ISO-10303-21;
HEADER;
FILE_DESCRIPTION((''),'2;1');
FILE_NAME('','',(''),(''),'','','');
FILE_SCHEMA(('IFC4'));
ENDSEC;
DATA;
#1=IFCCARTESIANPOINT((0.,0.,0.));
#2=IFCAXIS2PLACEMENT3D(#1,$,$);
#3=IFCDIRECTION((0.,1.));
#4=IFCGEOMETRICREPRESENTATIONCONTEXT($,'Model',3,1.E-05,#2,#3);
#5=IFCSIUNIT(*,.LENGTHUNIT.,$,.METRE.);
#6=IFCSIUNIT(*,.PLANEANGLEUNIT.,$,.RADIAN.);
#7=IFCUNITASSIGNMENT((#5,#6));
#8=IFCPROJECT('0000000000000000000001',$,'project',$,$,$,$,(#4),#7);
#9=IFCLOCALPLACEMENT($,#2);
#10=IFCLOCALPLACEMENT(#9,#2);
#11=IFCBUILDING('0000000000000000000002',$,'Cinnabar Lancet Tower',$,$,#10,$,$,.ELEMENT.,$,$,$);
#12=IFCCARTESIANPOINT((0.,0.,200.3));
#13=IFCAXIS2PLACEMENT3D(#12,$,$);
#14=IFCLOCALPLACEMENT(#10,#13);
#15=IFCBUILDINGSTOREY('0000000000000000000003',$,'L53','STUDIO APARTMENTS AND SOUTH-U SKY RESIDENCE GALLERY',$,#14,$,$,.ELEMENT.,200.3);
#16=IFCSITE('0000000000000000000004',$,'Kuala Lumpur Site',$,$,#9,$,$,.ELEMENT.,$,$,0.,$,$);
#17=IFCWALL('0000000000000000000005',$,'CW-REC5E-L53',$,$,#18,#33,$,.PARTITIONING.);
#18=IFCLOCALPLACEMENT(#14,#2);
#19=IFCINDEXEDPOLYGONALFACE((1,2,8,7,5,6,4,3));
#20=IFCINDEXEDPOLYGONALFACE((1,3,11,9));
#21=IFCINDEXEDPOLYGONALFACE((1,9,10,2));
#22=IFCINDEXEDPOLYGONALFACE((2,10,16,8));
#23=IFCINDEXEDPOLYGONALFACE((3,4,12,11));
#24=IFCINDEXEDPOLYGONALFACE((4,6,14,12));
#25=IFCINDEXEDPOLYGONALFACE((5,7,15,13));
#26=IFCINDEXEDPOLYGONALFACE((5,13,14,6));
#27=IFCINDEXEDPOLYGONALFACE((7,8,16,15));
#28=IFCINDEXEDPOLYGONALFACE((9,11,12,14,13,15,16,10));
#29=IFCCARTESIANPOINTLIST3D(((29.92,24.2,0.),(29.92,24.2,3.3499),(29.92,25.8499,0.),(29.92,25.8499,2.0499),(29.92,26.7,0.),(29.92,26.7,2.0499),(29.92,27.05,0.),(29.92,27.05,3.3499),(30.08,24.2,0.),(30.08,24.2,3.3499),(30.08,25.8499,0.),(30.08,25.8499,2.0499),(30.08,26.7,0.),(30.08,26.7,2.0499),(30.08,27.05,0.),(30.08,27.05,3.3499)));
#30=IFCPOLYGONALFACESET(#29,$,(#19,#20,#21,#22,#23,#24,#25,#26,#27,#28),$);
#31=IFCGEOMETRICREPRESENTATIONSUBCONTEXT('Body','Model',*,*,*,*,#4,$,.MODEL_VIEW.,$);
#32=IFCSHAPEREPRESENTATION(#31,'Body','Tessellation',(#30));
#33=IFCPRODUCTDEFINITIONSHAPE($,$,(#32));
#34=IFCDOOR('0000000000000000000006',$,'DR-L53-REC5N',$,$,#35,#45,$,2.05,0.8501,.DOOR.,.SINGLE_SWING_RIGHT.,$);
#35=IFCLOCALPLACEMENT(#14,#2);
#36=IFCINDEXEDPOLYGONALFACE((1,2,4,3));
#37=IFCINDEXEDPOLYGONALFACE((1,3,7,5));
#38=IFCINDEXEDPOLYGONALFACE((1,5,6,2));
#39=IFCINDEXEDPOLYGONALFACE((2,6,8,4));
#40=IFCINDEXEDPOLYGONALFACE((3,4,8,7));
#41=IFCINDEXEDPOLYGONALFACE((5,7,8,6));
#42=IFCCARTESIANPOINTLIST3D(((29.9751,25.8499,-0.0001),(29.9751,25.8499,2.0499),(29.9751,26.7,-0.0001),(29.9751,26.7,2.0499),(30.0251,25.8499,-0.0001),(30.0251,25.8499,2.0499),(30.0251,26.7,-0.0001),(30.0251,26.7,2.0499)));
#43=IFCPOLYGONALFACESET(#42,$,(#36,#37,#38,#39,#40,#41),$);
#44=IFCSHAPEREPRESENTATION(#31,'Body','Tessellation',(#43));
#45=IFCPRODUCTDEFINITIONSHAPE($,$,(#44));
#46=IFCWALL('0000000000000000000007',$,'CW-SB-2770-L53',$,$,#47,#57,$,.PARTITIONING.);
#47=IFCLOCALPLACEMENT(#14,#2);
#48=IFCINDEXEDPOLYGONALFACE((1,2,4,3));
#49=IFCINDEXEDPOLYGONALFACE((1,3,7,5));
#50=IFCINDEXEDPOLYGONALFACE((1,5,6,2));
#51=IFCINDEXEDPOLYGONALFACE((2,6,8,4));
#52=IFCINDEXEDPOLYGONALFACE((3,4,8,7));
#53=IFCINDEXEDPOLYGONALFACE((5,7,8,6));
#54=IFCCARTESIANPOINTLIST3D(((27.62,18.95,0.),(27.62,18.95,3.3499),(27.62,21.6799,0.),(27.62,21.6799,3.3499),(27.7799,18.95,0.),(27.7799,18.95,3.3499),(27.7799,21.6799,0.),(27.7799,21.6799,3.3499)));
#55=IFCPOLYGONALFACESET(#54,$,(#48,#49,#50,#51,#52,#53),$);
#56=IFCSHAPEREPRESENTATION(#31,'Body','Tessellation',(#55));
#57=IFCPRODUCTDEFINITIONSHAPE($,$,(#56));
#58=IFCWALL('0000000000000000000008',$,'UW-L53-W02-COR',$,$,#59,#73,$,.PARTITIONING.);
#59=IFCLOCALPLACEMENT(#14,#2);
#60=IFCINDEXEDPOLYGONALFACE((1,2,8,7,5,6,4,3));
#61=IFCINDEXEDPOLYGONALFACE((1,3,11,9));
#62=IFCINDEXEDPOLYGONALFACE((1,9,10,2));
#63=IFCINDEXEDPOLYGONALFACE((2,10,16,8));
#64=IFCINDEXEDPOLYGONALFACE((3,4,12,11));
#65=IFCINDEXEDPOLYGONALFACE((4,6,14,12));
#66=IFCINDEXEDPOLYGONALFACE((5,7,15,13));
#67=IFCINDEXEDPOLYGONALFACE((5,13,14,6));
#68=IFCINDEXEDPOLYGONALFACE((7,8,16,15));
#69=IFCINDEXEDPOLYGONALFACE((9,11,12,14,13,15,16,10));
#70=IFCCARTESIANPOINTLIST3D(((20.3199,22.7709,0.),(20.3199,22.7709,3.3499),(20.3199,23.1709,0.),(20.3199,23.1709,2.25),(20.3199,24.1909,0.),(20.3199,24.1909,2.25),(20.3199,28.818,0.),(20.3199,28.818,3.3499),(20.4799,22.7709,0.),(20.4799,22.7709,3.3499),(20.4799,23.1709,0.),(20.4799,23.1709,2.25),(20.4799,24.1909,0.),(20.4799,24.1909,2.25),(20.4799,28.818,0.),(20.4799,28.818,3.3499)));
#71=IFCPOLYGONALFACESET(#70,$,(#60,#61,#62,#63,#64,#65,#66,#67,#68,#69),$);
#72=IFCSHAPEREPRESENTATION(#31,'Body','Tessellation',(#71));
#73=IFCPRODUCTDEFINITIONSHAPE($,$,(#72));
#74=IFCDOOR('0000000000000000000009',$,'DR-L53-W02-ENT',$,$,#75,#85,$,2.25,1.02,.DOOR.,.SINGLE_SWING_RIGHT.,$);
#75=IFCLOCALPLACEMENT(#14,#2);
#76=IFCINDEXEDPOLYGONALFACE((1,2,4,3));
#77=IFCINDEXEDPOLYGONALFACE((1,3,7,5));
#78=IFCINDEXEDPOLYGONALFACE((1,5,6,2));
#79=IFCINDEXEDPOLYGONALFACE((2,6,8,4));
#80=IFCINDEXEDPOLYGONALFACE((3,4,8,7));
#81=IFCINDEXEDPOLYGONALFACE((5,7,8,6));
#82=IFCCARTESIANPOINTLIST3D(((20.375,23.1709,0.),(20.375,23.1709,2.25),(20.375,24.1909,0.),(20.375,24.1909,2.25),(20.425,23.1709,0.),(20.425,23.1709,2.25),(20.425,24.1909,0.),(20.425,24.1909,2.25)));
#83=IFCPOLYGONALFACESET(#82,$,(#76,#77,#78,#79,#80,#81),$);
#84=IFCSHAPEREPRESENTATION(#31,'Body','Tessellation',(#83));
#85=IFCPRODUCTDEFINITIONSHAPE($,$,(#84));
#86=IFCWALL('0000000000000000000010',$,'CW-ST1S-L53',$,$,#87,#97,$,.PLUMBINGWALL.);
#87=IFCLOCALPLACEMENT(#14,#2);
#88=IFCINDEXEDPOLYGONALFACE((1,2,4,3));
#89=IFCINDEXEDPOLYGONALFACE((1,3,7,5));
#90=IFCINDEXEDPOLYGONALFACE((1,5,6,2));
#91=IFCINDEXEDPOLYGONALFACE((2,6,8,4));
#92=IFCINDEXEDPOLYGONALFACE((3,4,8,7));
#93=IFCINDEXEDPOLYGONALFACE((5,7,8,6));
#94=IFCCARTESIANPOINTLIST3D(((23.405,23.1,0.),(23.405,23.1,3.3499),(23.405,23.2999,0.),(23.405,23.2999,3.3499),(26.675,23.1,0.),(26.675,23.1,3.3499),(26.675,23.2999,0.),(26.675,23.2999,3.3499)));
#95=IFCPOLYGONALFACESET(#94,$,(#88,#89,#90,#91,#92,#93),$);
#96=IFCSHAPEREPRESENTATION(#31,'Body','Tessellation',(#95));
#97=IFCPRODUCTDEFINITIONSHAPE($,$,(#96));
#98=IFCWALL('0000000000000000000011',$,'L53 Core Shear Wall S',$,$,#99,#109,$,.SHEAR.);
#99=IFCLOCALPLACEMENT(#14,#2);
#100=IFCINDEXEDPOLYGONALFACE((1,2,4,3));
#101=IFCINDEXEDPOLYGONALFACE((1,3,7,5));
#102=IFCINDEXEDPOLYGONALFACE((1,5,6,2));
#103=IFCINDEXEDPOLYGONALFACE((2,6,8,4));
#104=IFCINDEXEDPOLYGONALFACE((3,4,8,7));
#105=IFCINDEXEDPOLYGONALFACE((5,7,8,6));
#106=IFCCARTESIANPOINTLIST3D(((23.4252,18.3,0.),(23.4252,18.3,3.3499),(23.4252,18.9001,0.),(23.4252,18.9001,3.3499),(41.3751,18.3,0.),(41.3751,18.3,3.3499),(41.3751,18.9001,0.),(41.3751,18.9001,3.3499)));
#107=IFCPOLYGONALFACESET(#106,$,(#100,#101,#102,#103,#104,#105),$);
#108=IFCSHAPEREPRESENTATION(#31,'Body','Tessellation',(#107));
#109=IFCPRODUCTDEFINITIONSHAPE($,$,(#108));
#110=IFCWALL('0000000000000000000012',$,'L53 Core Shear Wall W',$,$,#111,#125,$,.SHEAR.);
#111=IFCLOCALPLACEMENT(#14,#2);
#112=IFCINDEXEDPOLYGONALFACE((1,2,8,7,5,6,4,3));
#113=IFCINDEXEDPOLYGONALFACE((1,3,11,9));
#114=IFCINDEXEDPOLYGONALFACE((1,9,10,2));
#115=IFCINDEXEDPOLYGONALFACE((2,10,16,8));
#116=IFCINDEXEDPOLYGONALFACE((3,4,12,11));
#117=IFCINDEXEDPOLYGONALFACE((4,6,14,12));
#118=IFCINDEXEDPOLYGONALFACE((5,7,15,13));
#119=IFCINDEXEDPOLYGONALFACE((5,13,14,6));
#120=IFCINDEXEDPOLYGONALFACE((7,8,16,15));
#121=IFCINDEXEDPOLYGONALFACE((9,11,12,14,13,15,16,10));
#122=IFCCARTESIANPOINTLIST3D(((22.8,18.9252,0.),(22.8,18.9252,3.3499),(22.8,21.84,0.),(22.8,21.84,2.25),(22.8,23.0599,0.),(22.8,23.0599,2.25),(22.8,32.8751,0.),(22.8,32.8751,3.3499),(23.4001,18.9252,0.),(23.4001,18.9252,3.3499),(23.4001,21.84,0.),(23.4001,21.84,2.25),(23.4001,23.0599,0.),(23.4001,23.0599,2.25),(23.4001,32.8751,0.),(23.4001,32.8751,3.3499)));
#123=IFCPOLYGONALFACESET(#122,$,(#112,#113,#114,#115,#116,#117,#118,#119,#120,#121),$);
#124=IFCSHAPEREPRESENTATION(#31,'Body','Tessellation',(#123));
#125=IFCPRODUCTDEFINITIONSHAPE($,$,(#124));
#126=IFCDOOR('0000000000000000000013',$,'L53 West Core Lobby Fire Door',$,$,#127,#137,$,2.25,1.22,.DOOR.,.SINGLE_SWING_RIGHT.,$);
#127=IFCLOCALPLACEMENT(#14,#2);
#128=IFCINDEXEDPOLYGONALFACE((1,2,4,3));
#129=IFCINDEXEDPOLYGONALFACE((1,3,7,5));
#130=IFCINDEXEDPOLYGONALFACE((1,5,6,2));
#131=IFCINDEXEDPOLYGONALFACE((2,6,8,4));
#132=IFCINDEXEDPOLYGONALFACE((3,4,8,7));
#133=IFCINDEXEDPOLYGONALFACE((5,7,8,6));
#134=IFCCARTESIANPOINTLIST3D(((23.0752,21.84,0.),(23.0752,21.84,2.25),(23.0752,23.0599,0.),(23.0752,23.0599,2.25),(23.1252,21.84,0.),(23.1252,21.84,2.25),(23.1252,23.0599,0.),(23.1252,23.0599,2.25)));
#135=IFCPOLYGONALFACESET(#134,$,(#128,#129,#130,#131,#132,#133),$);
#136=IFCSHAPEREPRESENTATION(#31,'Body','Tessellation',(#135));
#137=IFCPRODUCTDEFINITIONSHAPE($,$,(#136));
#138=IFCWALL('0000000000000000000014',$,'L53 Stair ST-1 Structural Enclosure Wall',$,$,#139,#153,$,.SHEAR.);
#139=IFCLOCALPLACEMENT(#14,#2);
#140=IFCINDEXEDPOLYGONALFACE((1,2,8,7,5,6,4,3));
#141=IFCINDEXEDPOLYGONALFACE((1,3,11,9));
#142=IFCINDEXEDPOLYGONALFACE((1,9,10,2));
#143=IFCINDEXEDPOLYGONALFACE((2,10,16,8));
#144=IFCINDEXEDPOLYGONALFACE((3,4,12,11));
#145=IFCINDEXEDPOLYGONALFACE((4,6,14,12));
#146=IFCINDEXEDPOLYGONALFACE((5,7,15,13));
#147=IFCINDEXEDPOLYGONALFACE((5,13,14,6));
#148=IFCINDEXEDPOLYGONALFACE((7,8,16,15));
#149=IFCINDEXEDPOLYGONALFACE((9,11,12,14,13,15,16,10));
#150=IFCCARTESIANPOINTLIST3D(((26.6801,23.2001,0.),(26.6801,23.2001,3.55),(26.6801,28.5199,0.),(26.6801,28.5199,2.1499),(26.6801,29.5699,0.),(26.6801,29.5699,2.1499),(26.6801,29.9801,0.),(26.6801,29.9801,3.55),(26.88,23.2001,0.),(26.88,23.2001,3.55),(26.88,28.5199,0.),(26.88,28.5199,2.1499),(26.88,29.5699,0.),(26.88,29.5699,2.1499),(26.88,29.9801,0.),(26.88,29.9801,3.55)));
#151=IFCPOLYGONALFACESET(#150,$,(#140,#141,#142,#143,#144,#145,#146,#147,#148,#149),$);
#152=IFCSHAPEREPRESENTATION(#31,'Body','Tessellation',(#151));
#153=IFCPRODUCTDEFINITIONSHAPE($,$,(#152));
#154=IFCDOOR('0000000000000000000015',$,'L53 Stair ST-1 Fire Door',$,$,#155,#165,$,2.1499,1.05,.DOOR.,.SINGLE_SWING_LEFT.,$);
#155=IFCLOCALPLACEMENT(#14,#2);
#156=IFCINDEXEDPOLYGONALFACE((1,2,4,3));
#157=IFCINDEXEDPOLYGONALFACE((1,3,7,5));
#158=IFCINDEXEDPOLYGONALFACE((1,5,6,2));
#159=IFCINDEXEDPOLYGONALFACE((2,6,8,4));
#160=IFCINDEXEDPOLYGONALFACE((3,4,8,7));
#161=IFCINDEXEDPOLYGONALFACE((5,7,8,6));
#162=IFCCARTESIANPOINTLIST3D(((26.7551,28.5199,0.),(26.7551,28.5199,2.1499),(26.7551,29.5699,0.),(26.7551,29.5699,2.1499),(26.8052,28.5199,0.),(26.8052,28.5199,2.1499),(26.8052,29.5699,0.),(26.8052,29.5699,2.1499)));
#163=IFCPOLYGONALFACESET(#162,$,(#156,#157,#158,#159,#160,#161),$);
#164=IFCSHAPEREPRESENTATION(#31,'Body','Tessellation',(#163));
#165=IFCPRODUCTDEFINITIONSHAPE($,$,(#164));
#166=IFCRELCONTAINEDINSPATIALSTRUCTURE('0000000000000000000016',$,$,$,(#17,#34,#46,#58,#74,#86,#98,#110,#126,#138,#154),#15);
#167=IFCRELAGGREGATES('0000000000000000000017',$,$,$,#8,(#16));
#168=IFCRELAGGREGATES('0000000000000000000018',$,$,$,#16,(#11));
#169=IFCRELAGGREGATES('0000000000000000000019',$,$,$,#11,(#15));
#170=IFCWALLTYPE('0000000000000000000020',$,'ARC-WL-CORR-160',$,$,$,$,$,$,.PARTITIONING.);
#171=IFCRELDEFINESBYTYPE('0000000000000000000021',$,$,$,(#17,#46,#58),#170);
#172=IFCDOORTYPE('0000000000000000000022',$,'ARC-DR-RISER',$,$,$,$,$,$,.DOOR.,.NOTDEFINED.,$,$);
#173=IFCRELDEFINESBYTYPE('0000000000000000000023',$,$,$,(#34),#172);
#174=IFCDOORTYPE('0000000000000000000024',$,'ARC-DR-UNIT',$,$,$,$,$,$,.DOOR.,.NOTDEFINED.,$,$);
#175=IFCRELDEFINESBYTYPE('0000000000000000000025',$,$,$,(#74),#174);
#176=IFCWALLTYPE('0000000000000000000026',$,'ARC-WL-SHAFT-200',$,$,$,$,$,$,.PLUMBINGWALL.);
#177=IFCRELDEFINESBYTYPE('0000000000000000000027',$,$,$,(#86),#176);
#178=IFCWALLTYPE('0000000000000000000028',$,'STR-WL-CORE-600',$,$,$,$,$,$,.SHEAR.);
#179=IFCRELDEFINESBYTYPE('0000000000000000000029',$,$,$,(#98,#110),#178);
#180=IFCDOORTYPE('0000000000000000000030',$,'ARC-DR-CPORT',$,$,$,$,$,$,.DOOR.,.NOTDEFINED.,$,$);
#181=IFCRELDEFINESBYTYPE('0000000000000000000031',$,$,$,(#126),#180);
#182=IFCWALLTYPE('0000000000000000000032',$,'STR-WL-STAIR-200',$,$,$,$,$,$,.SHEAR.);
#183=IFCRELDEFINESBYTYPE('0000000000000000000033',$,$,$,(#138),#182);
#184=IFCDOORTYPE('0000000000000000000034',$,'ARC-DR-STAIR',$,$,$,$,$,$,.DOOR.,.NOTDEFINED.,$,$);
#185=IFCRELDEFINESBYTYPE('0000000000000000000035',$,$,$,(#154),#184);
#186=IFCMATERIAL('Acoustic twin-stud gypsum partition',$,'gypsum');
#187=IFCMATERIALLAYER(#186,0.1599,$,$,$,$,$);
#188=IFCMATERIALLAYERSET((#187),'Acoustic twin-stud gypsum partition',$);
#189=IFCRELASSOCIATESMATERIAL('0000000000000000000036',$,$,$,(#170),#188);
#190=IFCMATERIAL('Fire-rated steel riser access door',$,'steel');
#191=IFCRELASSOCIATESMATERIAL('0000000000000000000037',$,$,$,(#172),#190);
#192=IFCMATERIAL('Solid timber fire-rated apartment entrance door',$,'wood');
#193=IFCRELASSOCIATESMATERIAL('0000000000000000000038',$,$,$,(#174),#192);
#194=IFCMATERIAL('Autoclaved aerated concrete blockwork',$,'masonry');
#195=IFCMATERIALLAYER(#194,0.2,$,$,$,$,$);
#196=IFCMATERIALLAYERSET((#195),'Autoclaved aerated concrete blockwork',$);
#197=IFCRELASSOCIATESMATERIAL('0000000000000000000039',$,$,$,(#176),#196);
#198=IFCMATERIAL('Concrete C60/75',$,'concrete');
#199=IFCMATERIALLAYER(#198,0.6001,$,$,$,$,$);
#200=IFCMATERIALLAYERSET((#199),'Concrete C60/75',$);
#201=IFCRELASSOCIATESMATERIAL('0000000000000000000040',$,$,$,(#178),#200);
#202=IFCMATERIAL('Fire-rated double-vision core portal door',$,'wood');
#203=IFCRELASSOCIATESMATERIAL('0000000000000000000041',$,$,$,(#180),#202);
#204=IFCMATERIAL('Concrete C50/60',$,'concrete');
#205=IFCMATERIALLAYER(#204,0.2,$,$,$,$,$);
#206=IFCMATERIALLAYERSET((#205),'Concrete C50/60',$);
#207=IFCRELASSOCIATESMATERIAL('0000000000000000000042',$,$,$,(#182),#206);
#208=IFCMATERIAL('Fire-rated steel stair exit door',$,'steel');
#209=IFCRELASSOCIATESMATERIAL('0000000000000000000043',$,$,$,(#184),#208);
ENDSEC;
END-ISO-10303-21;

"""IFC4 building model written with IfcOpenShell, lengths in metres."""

from ifc_helpers import new_model, si_unit, direction, frame, frame_2d, origin, place, context, subcontext, project, spatial, rectangle, extrude, material, layer, layer_set, type_object, element, fill, save


model = new_model("IFC4")

# Units and contexts
model_context = context("Model", 3, precision=1e-05, world=origin(), true_north=direction((0.0, 1.0)))
body_context = subcontext(model_context, "Body", "Model", "MODEL_VIEW")
ifc_project = project(units=[si_unit("LENGTHUNIT", "METRE"), si_unit("PLANEANGLEUNIT", "RADIAN")], contexts=[model_context])

# Site, building, storey
site_placement = place(None, origin())
site = spatial("IfcSite", under=ifc_project, at=site_placement, Name="Kuala Lumpur Site", CompositionType="ELEMENT", RefElevation=0.0)
building_placement = place(site_placement, origin())
building = spatial("IfcBuilding", under=site, at=building_placement, Name="Cinnabar Lancet Tower", CompositionType="ELEMENT")
storey_placement = place(building_placement, frame((0.0, 0.0, 200.3)))
storey = spatial("IfcBuildingStorey", under=building, at=storey_placement, Name="L53", Description="STUDIO APARTMENTS AND SOUTH-U SKY RESIDENCE GALLERY", CompositionType="ELEMENT", Elevation=200.3)

# Wall, opening, door
ifc_material_1 = material(Name="Acoustic twin-stud gypsum partition", Category="gypsum")
ifc_layer_1 = layer(ifc_material_1, 0.1599)
ifc_layer_set_1 = layer_set([ifc_layer_1], Name="Acoustic twin-stud gypsum partition")
wall_type_1 = type_object("IfcWallType", Name="ARC-WL-CORR-160", PredefinedType="PARTITIONING", material=ifc_layer_set_1)
ifc_material_2 = material(Name="Fire-rated steel riser access door", Category="steel")
door_type_1 = type_object("IfcDoorType", Name="ARC-DR-RISER", OperationType="NOTDEFINED", PredefinedType="DOOR", material=ifc_material_2)
wall_1_placement = place(storey_placement, frame((30.0, 24.2, 0.0), z_axis=(0.0, 0.0, 1.0), x_axis=(0.0, 1.0, 0.0)))
wall_1 = element("IfcWall", 1, at=wall_1_placement, inside=storey, type_object=wall_type_1, Name="CW-REC5E-L53", PredefinedType="PARTITIONING", context=body_context, shape_type="SweptSolid", body=[
    extrude(rectangle(XDim=2.8501, YDim=0.1599, at=frame_2d((1.425, 0.0))), origin(), (0.0, 0.0, 1.0), 3.3499),
])
opening_1_placement = place(wall_1_placement, frame((1.6499, 0.0, 0.0)))
opening_1 = element("IfcOpeningElement", 2, at=opening_1_placement, cuts=wall_1, PredefinedType="OPENING", context=body_context, shape_type="SweptSolid", body=[
    extrude(rectangle(XDim=0.8501, YDim=2.05, at=frame_2d((0.425, 1.0249))), frame((0.0, 0.0898, 0.0), z_axis=(0.0, -1.0, 0.0), x_axis=(1.0, 0.0, 0.0)), (0.0, 0.0, 1.0), 0.1799),
])
door_1_placement = place(opening_1_placement, origin())
door_1 = element("IfcDoor", 3, at=door_1_placement, inside=storey, type_object=door_type_1, Name="DR-L53-REC5N", OperationType="SINGLE_SWING_RIGHT", OverallHeight=2.05, OverallWidth=0.8501, PredefinedType="DOOR", context=body_context, shape_type="SweptSolid", body=[
    extrude(rectangle(XDim=0.8501, YDim=2.05, at=frame_2d((0.425, 1.0249))), frame((0.0, 0.0249, 0.0), z_axis=(0.0, -1.0, 0.0), x_axis=(1.0, 0.0, 0.0)), (0.0, 0.0, 1.0), 0.05),
])
fill(opening_1, door_1)

# Wall
wall_2_placement = place(storey_placement, frame((27.7, 18.95, 0.0), z_axis=(0.0, 0.0, 1.0), x_axis=(0.0, 1.0, 0.0)))
element("IfcWall", 4, at=wall_2_placement, inside=storey, type_object=wall_type_1, Name="CW-SB-2770-L53", PredefinedType="PARTITIONING", context=body_context, shape_type="SweptSolid", body=[
    extrude(rectangle(XDim=2.73, YDim=0.1599, at=frame_2d((1.365, 0.0))), origin(), (0.0, 0.0, 1.0), 3.3499),
])

# Wall, opening, door
wall_3_placement = place(storey_placement, frame((20.3999, 22.771, 0.0), z_axis=(0.0, 0.0, 1.0), x_axis=(0.0, 1.0, 0.0)))
wall_3 = element("IfcWall", 5, at=wall_3_placement, inside=storey, type_object=wall_type_1, Name="UW-L53-W02-COR", PredefinedType="PARTITIONING", context=body_context, shape_type="SweptSolid", body=[
    extrude(rectangle(XDim=6.0471, YDim=0.1599, at=frame_2d((3.0234, 0.0))), origin(), (0.0, 0.0, 1.0), 3.3499),
])
opening_2_placement = place(wall_3_placement, frame((0.3999, 0.0, 0.0)))
opening_2 = element("IfcOpeningElement", 6, at=opening_2_placement, cuts=wall_3, PredefinedType="OPENING", context=body_context, shape_type="SweptSolid", body=[
    extrude(rectangle(XDim=1.02, YDim=2.25, at=frame_2d((0.51, 1.125))), frame((0.0, 0.0898, 0.0), z_axis=(0.0, -1.0, 0.0), x_axis=(1.0, 0.0, 0.0)), (0.0, 0.0, 1.0), 0.1799),
])
ifc_material_3 = material(Name="Solid timber fire-rated apartment entrance door", Category="wood")
door_type_2 = type_object("IfcDoorType", Name="ARC-DR-UNIT", OperationType="NOTDEFINED", PredefinedType="DOOR", material=ifc_material_3)
door_2_placement = place(opening_2_placement, origin())
door_2 = element("IfcDoor", 7, at=door_2_placement, inside=storey, type_object=door_type_2, Name="DR-L53-W02-ENT", OperationType="SINGLE_SWING_RIGHT", OverallHeight=2.25, OverallWidth=1.02, PredefinedType="DOOR", context=body_context, shape_type="SweptSolid", body=[
    extrude(rectangle(XDim=1.02, YDim=2.25, at=frame_2d((0.51, 1.125))), frame((0.0, 0.0249, 0.0), z_axis=(0.0, -1.0, 0.0), x_axis=(1.0, 0.0, 0.0)), (0.0, 0.0, 1.0), 0.05),
])
fill(opening_2, door_2)

# Wall
ifc_material_4 = material(Name="Autoclaved aerated concrete blockwork", Category="masonry")
ifc_layer_2 = layer(ifc_material_4, 0.2)
ifc_layer_set_2 = layer_set([ifc_layer_2], Name="Autoclaved aerated concrete blockwork")
wall_type_2 = type_object("IfcWallType", Name="ARC-WL-SHAFT-200", PredefinedType="PLUMBINGWALL", material=ifc_layer_set_2)
wall_4_placement = place(storey_placement, frame((23.405, 23.2, 0.0), z_axis=(0.0, 0.0, 1.0), x_axis=(1.0, 0.0, 0.0)))
element("IfcWall", 8, at=wall_4_placement, inside=storey, type_object=wall_type_2, Name="CW-ST1S-L53", PredefinedType="PLUMBINGWALL", context=body_context, shape_type="SweptSolid", body=[
    extrude(rectangle(XDim=3.27, YDim=0.2, at=frame_2d((1.635, 0.0))), origin(), (0.0, 0.0, 1.0), 3.3499),
])

# Wall
ifc_material_5 = material(Name="Concrete C60/75", Category="concrete")
ifc_layer_3 = layer(ifc_material_5, 0.6001)
ifc_layer_set_3 = layer_set([ifc_layer_3], Name="Concrete C60/75")
wall_type_3 = type_object("IfcWallType", Name="STR-WL-CORE-600", PredefinedType="SHEAR", material=ifc_layer_set_3)
wall_5_placement = place(storey_placement, frame((23.425, 18.6001, 0.0), z_axis=(0.0, 0.0, 1.0), x_axis=(1.0, 0.0, 0.0)))
element("IfcWall", 9, at=wall_5_placement, inside=storey, type_object=wall_type_3, Name="L53 Core Shear Wall S", PredefinedType="SHEAR", context=body_context, shape_type="SweptSolid", body=[
    extrude(rectangle(XDim=17.95, YDim=0.6001, at=frame_2d((8.9751, 0.0))), origin(), (0.0, 0.0, 1.0), 3.3499),
])

# Walls, openings, doors
wall_6_placement = place(storey_placement, frame((23.1001, 18.925, 0.0), z_axis=(0.0, 0.0, 1.0), x_axis=(0.0, 1.0, 0.0)))
wall_6 = element("IfcWall", 10, at=wall_6_placement, inside=storey, type_object=wall_type_3, Name="L53 Core Shear Wall W", PredefinedType="SHEAR", context=body_context, shape_type="SweptSolid", body=[
    extrude(rectangle(XDim=13.95, YDim=0.6001, at=frame_2d((6.9751, 0.0))), origin(), (0.0, 0.0, 1.0), 3.3499),
])
opening_3_placement = place(wall_6_placement, frame((2.915, 0.0, 0.0)))
opening_3 = element("IfcOpeningElement", 11, at=opening_3_placement, cuts=wall_6, PredefinedType="OPENING", context=body_context, shape_type="SweptSolid", body=[
    extrude(rectangle(XDim=1.22, YDim=2.25, at=frame_2d((0.6099, 1.125))), frame((0.0, 0.3101, 0.0), z_axis=(0.0, -1.0, 0.0), x_axis=(1.0, 0.0, 0.0)), (0.0, 0.0, 1.0), 0.6201),
])
ifc_material_6 = material(Name="Fire-rated double-vision core portal door", Category="wood")
door_type_3 = type_object("IfcDoorType", Name="ARC-DR-CPORT", OperationType="NOTDEFINED", PredefinedType="DOOR", material=ifc_material_6)
door_3_placement = place(opening_3_placement, origin())
door_3 = element("IfcDoor", 12, at=door_3_placement, inside=storey, type_object=door_type_3, Name="L53 West Core Lobby Fire Door", OperationType="SINGLE_SWING_RIGHT", OverallHeight=2.25, OverallWidth=1.22, PredefinedType="DOOR", context=body_context, shape_type="SweptSolid", body=[
    extrude(rectangle(XDim=1.22, YDim=2.25, at=frame_2d((0.6099, 1.125))), frame((0.0, 0.0249, 0.0), z_axis=(0.0, -1.0, 0.0), x_axis=(1.0, 0.0, 0.0)), (0.0, 0.0, 1.0), 0.05),
])
fill(opening_3, door_3)
ifc_material_7 = material(Name="Concrete C50/60", Category="concrete")
ifc_layer_4 = layer(ifc_material_7, 0.2)
ifc_layer_set_4 = layer_set([ifc_layer_4], Name="Concrete C50/60")
wall_type_4 = type_object("IfcWallType", Name="STR-WL-STAIR-200", PredefinedType="SHEAR", material=ifc_layer_set_4)
wall_7_placement = place(storey_placement, frame((26.78, 23.2, 0.0), z_axis=(0.0, 0.0, 1.0), x_axis=(0.0, 1.0, 0.0)))
wall_7 = element("IfcWall", 13, at=wall_7_placement, inside=storey, type_object=wall_type_4, Name="L53 Stair ST-1 Structural Enclosure Wall", PredefinedType="SHEAR", context=body_context, shape_type="SweptSolid", body=[
    extrude(rectangle(XDim=6.78, YDim=0.2, at=frame_2d((3.3901, 0.0))), origin(), (0.0, 0.0, 1.0), 3.55),
])
opening_4_placement = place(wall_7_placement, frame((5.3201, 0.0, 0.0)))
opening_4 = element("IfcOpeningElement", 14, at=opening_4_placement, cuts=wall_7, PredefinedType="OPENING", context=body_context, shape_type="SweptSolid", body=[
    extrude(rectangle(XDim=1.05, YDim=2.1499, at=frame_2d((0.5249, 1.075))), frame((0.0, 0.1099, 0.0), z_axis=(0.0, -1.0, 0.0), x_axis=(1.0, 0.0, 0.0)), (0.0, 0.0, 1.0), 0.22),
])
ifc_material_8 = material(Name="Fire-rated steel stair exit door", Category="steel")
door_type_4 = type_object("IfcDoorType", Name="ARC-DR-STAIR", OperationType="NOTDEFINED", PredefinedType="DOOR", material=ifc_material_8)
door_4_placement = place(opening_4_placement, origin())
door_4 = element("IfcDoor", 15, at=door_4_placement, inside=storey, type_object=door_type_4, Name="L53 Stair ST-1 Fire Door", OperationType="SINGLE_SWING_LEFT", OverallHeight=2.1499, OverallWidth=1.05, PredefinedType="DOOR", context=body_context, shape_type="SweptSolid", body=[
    extrude(rectangle(XDim=1.05, YDim=2.1499, at=frame_2d((0.5249, 1.075))), frame((0.0, 0.0249, 0.0), z_axis=(0.0, -1.0, 0.0), x_axis=(1.0, 0.0, 0.0)), (0.0, 0.0, 1.0), 0.05),
])
fill(opening_4, door_4)

save(model, "model.ifc")
